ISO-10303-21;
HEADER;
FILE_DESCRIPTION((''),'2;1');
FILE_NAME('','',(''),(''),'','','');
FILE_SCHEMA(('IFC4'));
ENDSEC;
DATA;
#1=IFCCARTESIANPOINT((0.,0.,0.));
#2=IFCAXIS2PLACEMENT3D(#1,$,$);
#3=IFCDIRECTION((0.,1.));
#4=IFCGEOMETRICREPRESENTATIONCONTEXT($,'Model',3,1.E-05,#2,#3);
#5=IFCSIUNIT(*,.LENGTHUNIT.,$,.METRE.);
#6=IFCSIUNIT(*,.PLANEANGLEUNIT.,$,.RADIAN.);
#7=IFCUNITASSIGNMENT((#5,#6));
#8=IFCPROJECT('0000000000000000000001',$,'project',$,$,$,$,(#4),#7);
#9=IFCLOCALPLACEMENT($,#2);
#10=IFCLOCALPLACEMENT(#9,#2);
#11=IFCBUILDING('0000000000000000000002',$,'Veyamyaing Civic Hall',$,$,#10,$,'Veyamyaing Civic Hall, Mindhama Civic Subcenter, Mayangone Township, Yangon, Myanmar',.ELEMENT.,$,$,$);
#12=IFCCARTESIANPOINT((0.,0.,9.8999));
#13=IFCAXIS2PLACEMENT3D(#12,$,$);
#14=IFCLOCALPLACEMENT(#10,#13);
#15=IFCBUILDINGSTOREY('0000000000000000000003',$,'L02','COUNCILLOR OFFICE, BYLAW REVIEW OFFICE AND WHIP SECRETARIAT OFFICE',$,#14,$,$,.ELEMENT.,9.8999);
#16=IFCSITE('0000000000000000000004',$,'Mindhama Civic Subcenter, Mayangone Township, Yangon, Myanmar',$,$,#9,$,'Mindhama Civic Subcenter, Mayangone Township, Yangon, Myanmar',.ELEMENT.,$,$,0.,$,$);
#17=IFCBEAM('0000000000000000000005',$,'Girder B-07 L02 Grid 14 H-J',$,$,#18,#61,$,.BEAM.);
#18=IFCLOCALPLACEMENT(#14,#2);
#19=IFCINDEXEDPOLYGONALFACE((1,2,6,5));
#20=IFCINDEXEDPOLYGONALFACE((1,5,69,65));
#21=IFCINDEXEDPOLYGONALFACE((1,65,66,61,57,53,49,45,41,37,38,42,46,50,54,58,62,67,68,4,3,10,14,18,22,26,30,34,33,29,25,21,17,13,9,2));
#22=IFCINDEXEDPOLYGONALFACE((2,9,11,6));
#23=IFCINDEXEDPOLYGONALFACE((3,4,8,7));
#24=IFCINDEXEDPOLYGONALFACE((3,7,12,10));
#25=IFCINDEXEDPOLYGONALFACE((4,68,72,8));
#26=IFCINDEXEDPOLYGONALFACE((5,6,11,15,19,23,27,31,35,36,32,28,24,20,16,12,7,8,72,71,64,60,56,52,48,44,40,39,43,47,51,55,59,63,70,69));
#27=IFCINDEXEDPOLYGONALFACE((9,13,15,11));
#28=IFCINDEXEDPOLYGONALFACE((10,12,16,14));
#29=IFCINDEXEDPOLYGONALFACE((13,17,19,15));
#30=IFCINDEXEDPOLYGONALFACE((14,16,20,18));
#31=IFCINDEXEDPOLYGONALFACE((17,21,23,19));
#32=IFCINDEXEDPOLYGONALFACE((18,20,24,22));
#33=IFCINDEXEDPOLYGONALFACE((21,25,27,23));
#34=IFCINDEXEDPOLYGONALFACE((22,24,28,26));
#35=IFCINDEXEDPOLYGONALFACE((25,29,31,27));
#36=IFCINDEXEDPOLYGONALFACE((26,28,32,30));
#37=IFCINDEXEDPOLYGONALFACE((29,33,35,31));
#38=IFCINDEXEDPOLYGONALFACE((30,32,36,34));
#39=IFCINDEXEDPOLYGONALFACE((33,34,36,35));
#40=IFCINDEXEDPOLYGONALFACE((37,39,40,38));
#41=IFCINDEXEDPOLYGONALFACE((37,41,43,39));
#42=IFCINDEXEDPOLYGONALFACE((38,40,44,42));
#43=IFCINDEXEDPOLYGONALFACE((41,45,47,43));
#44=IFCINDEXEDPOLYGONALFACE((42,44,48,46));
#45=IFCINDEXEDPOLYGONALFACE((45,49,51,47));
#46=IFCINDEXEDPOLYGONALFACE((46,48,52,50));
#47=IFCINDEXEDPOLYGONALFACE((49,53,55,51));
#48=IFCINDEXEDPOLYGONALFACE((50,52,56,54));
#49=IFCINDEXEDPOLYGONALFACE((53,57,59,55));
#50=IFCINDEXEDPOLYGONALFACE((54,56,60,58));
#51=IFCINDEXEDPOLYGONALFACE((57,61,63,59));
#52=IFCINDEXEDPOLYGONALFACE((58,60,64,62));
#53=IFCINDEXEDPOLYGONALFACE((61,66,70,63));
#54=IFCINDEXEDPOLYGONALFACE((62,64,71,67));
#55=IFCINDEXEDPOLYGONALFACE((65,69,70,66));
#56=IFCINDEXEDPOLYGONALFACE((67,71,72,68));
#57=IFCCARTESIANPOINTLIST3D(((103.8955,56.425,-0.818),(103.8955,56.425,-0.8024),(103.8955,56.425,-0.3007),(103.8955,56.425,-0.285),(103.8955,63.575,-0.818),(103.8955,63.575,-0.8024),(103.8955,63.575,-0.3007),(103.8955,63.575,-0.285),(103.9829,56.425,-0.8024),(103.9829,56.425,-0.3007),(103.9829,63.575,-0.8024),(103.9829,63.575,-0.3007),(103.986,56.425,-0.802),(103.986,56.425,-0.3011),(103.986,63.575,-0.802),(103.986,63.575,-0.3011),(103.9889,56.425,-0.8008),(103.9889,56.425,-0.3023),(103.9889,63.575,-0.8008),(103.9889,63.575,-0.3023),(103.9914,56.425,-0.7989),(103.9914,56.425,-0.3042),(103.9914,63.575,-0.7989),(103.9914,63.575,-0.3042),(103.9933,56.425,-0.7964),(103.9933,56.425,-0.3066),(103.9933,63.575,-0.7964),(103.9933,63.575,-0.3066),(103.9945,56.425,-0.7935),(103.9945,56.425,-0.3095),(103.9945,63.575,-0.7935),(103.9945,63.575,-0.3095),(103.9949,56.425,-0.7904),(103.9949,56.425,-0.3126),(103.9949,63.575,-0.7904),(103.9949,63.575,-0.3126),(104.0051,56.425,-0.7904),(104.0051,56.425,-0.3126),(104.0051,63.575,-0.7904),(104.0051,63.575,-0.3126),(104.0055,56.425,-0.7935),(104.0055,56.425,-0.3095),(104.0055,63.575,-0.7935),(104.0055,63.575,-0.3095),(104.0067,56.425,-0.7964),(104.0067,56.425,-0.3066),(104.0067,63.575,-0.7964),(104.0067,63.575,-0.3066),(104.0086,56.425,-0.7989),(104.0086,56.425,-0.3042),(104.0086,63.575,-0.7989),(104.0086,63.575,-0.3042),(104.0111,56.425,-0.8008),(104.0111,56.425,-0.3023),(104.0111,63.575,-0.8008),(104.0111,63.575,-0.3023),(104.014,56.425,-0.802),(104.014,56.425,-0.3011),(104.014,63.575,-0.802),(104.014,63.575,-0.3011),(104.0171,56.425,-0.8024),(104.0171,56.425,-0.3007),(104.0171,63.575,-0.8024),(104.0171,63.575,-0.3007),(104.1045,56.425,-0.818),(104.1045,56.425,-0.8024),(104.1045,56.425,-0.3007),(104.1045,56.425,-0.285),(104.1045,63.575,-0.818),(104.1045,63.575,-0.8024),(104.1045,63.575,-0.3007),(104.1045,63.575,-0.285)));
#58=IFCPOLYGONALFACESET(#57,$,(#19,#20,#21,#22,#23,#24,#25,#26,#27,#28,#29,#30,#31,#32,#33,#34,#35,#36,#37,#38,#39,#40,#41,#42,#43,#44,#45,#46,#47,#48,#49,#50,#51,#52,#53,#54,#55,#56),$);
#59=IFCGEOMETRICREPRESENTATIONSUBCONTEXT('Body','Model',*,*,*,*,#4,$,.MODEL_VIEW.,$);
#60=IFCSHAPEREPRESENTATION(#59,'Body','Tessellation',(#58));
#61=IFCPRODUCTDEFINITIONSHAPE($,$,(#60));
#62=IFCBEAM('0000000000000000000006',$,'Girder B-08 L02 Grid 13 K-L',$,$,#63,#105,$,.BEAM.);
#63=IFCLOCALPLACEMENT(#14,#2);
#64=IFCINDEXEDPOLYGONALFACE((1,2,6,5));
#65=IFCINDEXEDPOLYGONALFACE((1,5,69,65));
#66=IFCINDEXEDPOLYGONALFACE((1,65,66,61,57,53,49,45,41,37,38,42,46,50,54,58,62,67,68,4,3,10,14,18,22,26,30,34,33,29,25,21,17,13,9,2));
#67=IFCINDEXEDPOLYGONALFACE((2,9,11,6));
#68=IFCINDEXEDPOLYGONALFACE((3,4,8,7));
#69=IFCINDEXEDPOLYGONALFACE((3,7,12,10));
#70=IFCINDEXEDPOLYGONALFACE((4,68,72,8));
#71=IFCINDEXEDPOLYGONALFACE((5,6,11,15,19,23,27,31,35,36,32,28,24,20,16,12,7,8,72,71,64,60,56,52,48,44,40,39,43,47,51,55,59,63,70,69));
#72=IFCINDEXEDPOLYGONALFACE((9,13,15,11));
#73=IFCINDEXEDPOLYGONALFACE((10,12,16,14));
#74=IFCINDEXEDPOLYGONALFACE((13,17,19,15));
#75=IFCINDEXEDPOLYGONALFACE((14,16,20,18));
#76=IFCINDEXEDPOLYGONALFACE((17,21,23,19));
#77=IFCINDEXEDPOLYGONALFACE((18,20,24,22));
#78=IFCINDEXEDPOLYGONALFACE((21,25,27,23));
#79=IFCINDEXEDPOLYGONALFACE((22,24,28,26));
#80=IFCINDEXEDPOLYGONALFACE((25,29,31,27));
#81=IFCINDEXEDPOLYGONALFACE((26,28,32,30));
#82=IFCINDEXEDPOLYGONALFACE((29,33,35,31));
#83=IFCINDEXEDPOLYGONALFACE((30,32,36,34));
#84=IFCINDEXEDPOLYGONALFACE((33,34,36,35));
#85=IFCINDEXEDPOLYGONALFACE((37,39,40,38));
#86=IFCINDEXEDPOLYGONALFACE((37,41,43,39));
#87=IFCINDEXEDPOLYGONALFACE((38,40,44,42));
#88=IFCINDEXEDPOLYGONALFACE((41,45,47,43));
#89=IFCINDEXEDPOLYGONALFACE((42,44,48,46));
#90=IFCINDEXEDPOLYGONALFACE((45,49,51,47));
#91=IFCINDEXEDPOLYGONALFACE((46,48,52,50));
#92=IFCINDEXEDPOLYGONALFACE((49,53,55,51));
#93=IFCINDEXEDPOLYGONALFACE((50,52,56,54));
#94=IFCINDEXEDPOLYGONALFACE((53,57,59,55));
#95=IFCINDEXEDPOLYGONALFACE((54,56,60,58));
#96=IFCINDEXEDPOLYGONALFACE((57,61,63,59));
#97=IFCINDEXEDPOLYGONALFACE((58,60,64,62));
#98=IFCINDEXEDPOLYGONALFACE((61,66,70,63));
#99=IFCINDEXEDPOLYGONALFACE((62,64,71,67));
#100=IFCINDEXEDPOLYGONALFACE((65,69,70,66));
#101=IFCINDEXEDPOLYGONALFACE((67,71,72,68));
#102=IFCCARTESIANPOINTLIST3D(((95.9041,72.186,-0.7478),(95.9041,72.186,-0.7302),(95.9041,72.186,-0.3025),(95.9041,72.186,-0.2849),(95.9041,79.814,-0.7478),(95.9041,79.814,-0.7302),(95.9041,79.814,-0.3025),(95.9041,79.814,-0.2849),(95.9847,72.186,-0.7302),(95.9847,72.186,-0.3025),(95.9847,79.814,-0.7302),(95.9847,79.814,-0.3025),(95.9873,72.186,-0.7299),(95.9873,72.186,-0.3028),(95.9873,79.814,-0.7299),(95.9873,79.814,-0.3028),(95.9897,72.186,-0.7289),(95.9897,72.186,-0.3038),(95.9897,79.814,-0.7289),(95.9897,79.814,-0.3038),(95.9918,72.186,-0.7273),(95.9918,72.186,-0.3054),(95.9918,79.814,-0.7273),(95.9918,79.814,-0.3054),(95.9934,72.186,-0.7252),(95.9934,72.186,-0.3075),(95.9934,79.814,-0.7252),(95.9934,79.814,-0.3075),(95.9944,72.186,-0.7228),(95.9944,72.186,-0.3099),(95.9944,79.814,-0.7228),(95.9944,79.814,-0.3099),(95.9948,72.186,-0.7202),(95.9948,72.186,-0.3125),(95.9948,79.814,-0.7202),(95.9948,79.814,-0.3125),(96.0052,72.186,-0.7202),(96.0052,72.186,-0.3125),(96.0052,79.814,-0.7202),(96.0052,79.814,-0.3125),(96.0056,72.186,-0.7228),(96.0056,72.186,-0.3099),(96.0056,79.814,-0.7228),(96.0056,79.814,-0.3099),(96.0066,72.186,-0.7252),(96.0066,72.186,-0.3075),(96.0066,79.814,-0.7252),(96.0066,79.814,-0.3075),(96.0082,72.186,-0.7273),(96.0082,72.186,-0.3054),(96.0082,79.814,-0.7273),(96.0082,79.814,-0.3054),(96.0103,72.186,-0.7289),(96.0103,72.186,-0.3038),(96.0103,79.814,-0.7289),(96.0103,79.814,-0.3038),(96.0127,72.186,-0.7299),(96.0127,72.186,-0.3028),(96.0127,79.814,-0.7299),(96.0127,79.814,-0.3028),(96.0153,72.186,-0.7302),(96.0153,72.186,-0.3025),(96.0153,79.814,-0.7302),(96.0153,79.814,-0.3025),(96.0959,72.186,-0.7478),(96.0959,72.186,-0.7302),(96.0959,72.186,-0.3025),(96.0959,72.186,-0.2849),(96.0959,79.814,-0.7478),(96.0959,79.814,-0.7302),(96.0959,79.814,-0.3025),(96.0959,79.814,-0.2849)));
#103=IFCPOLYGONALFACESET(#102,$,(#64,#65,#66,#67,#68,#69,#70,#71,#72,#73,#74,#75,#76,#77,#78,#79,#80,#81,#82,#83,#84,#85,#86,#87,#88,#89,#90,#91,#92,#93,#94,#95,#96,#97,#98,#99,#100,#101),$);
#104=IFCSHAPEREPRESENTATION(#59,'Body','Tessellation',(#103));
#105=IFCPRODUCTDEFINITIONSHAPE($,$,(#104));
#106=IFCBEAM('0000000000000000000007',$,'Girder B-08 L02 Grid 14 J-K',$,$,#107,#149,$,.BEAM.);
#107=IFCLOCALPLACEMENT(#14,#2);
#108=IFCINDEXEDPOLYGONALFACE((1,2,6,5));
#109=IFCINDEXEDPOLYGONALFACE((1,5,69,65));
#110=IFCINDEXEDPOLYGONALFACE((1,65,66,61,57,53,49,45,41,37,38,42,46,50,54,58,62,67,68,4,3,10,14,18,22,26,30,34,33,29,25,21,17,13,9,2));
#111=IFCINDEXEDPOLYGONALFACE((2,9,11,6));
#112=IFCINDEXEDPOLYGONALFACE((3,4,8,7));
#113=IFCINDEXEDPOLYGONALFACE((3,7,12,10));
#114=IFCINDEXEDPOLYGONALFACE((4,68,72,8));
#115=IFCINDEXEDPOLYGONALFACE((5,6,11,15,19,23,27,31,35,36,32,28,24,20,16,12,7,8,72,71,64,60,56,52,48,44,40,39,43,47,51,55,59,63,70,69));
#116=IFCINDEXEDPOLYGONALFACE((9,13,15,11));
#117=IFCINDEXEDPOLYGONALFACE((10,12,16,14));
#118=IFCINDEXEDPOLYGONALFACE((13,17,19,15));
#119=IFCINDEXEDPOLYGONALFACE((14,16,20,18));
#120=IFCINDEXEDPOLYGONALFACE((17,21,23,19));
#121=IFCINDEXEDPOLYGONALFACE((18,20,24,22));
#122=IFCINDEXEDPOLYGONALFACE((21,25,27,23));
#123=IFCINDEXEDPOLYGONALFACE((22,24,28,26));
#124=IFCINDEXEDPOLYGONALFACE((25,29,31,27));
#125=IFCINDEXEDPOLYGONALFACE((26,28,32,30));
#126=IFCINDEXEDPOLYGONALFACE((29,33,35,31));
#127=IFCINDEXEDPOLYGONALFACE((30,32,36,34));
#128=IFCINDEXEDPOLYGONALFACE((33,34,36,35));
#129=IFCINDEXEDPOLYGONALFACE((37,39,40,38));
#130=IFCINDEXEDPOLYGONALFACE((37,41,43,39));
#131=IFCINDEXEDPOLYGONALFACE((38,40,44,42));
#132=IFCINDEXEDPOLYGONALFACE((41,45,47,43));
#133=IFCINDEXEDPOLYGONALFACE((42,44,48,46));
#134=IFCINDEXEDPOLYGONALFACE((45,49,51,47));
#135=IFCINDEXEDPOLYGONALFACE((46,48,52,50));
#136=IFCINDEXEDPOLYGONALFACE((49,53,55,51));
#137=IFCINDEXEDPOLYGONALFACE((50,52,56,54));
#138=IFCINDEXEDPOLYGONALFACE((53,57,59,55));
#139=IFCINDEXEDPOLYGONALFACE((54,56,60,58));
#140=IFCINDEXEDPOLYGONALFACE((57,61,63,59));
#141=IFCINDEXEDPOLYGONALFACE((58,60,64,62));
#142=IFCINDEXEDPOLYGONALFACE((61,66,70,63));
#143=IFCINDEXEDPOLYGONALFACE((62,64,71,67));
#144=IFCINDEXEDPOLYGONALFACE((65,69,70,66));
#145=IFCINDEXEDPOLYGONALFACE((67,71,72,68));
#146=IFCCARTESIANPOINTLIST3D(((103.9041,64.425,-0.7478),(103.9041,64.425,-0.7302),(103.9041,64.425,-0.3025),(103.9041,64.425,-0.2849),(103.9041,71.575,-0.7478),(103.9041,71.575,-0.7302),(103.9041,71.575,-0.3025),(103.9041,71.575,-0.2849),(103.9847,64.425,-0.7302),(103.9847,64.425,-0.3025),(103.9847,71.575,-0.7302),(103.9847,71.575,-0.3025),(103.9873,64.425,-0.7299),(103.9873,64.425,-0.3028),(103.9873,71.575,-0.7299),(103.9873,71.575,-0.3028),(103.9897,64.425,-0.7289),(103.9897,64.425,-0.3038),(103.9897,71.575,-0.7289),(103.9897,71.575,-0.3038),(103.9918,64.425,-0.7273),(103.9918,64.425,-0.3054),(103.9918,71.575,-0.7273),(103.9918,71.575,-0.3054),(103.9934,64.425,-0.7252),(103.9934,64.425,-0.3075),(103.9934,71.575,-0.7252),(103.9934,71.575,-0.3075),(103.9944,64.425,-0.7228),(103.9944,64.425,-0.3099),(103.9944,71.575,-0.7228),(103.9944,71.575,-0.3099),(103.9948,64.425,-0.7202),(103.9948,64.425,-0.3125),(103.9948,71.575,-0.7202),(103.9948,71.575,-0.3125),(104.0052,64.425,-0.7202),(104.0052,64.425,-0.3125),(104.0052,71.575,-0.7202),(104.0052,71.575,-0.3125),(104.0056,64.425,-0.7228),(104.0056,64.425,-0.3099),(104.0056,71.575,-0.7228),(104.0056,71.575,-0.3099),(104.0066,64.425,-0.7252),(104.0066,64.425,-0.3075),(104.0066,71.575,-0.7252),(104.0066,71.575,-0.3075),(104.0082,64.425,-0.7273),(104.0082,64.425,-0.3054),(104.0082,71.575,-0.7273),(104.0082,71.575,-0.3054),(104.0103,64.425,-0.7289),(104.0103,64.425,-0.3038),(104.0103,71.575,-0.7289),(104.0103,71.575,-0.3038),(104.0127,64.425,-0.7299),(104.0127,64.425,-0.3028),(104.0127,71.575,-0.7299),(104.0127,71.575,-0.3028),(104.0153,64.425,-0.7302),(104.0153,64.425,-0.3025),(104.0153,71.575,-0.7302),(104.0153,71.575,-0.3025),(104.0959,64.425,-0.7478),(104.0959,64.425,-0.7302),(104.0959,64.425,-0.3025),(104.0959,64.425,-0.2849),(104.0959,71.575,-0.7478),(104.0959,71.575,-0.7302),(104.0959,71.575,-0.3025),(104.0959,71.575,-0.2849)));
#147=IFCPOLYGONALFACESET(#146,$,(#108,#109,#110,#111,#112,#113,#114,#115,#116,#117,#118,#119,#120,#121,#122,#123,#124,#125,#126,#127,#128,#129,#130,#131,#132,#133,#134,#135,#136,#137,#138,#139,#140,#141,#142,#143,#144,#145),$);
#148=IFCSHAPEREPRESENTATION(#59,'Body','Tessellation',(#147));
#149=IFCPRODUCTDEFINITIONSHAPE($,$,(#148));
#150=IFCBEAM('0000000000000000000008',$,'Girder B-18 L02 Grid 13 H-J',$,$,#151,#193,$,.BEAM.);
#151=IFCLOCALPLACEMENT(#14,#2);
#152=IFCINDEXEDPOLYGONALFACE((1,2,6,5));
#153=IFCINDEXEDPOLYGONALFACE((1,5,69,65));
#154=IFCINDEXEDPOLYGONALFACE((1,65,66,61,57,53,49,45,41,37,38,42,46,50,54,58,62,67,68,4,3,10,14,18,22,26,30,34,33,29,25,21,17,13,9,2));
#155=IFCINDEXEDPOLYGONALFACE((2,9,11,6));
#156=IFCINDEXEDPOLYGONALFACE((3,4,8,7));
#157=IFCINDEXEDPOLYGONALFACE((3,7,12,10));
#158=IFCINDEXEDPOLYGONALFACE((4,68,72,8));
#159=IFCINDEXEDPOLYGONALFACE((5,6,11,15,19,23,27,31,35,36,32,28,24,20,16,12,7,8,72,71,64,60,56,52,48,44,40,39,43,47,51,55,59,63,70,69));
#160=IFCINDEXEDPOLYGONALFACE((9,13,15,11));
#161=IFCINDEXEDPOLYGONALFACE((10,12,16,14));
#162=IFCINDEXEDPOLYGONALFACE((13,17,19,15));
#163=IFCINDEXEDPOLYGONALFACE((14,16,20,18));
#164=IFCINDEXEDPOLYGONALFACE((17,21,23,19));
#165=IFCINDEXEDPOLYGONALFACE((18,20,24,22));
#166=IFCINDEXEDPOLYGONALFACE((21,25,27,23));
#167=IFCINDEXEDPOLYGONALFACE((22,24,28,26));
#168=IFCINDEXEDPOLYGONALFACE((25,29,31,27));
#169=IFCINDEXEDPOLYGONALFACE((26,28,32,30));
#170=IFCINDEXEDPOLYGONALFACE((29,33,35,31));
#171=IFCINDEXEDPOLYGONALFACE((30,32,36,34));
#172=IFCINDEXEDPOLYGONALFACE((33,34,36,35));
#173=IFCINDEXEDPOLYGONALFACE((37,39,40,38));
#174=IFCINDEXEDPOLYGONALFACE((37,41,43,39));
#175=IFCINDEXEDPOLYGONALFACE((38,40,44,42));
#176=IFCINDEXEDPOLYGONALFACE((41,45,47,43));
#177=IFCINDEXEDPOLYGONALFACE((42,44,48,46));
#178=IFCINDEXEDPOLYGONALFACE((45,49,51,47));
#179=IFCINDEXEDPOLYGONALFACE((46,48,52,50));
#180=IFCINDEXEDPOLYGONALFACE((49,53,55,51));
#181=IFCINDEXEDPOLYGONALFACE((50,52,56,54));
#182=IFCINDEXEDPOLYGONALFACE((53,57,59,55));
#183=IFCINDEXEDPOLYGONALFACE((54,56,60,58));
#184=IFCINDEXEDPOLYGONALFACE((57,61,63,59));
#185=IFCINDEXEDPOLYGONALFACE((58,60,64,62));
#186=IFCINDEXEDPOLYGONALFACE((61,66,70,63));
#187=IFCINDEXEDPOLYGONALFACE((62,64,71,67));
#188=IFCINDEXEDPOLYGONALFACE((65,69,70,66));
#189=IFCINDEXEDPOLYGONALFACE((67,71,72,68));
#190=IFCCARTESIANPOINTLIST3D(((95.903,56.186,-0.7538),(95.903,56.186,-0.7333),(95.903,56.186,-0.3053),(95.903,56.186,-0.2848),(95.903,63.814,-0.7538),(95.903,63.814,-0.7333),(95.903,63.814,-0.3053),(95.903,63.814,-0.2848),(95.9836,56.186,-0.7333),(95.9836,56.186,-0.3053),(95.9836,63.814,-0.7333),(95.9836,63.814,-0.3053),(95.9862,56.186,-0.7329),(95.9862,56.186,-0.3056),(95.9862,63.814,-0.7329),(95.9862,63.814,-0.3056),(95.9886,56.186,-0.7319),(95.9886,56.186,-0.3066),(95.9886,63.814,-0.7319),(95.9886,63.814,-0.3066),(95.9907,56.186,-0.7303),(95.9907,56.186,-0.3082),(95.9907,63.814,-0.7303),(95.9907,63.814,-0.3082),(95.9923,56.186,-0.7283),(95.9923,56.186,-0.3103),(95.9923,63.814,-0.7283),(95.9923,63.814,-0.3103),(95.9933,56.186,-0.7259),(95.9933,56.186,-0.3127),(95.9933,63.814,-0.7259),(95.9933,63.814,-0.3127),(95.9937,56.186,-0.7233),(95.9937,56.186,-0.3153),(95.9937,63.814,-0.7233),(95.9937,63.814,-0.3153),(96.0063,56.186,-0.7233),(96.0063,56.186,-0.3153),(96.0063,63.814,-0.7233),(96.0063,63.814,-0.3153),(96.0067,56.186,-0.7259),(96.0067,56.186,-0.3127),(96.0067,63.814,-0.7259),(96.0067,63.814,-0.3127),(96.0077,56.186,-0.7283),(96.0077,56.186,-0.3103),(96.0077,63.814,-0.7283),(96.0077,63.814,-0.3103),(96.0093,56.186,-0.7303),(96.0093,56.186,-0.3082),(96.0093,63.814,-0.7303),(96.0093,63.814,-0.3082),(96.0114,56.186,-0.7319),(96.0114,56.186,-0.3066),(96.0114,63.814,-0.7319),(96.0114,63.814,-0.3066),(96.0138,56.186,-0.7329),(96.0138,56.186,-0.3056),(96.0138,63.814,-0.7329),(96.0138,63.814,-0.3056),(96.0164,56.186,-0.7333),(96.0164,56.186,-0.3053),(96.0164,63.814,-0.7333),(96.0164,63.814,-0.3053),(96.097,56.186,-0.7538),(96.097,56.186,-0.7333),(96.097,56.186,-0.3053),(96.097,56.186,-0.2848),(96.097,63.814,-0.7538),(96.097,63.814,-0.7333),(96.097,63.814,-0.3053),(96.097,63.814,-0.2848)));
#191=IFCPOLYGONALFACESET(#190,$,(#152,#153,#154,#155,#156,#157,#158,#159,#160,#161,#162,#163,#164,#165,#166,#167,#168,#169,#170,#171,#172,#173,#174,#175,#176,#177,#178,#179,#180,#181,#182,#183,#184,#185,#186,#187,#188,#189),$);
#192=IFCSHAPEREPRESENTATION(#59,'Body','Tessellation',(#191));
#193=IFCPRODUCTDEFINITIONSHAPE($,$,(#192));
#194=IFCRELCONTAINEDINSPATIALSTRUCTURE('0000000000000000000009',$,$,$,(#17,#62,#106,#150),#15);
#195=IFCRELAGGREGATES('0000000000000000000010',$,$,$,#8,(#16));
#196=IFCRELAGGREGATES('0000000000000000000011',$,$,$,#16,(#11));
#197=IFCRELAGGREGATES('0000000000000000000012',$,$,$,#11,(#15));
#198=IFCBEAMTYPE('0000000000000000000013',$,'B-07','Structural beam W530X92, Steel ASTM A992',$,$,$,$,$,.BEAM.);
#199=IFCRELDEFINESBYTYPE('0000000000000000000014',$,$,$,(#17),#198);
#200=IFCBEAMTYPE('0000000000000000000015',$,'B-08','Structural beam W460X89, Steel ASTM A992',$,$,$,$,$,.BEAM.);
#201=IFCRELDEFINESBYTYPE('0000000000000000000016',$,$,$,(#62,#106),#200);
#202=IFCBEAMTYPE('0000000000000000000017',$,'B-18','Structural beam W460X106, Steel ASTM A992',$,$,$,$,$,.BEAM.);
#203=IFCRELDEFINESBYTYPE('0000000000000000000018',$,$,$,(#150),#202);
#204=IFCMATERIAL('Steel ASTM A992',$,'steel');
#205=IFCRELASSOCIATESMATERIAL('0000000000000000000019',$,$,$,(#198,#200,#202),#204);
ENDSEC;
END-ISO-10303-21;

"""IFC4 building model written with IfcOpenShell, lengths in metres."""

from ifc_helpers import new_model, si_unit, direction, frame, origin, origin_2d, place, context, subcontext, project, spatial, i_section, extrude, material, material_profile, profile_set, type_object, element, save


model = new_model("IFC4")

# Units and contexts
model_context = context("Model", 3, precision=1e-05, world=origin(), true_north=direction((0.0, 1.0)))
body_context = subcontext(model_context, "Body", "Model", "MODEL_VIEW")
ifc_project = project(units=[si_unit("LENGTHUNIT", "METRE"), si_unit("PLANEANGLEUNIT", "RADIAN")], contexts=[model_context])

# Site, building, storey
site_placement = place(None, origin())
site = spatial("IfcSite", under=ifc_project, at=site_placement, Name="Mindhama Civic Subcenter, Mayangone Township, Yangon, Myanmar", LongName="Mindhama Civic Subcenter, Mayangone Township, Yangon, Myanmar", CompositionType="ELEMENT", RefElevation=0.0)
building_placement = place(site_placement, origin())
building = spatial("IfcBuilding", under=site, at=building_placement, Name="Veyamyaing Civic Hall", LongName="Veyamyaing Civic Hall, Mindhama Civic Subcenter, Mayangone Township, Yangon, Myanmar", CompositionType="ELEMENT")
storey_placement = place(building_placement, frame((0.0, 0.0, 9.8999)))
storey = spatial("IfcBuildingStorey", under=building, at=storey_placement, Name="L02", Description="COUNCILLOR OFFICE, BYLAW REVIEW OFFICE AND WHIP SECRETARIAT OFFICE", CompositionType="ELEMENT", Elevation=9.8999)

# Beams
ifc_material_1 = material(Name="Steel ASTM A992", Category="steel")
ifc_material_profile_1 = material_profile(ifc_material_1, i_section(OverallWidth=0.209, OverallDepth=0.533, WebThickness=0.0103, FlangeThickness=0.0156, FilletRadius=0.012, at=origin_2d()), Name="W530X92")
ifc_profile_set_1 = profile_set([ifc_material_profile_1], Name="Steel ASTM A992")
beam_type_1 = type_object("IfcBeamType", Name="B-07", Description="Structural beam W530X92, Steel ASTM A992", PredefinedType="BEAM", material=ifc_profile_set_1)
beam_1_placement = place(storey_placement, frame((104.0, 56.425, -0.5515), z_axis=(0.0, 1.0, 0.0), x_axis=(-1.0, 0.0, 0.0)))
element("IfcBeam", 1, at=beam_1_placement, inside=storey, type_object=beam_type_1, Name="Girder B-07 L02 Grid 14 H-J", PredefinedType="BEAM", context=body_context, shape_type="SweptSolid", body=[
    extrude(i_section(OverallWidth=0.209, OverallDepth=0.533, WebThickness=0.0103, FlangeThickness=0.0156, FilletRadius=0.012, at=origin_2d()), origin(), (0.0, 0.0, 1.0), 7.1499),
])
ifc_material_profile_2 = material_profile(ifc_material_1, i_section(OverallWidth=0.1919, OverallDepth=0.4629, WebThickness=0.0105, FlangeThickness=0.0176, FilletRadius=0.01, at=origin_2d()), Name="W460X89")
ifc_profile_set_2 = profile_set([ifc_material_profile_2], Name="Steel ASTM A992")
beam_type_2 = type_object("IfcBeamType", Name="B-08", Description="Structural beam W460X89, Steel ASTM A992", PredefinedType="BEAM", material=ifc_profile_set_2)
beam_2_placement = place(storey_placement, frame((96.0, 72.186, -0.5164), z_axis=(0.0, 1.0, 0.0), x_axis=(-1.0, 0.0, 0.0)))
element("IfcBeam", 2, at=beam_2_placement, inside=storey, type_object=beam_type_2, Name="Girder B-08 L02 Grid 13 K-L", PredefinedType="BEAM", context=body_context, shape_type="SweptSolid", body=[
    extrude(i_section(OverallWidth=0.1919, OverallDepth=0.4629, WebThickness=0.0105, FlangeThickness=0.0176, FilletRadius=0.01, at=origin_2d()), origin(), (0.0, 0.0, 1.0), 7.6279),
])
beam_3_placement = place(storey_placement, frame((104.0, 64.425, -0.5164), z_axis=(0.0, 1.0, 0.0), x_axis=(-1.0, 0.0, 0.0)))
element("IfcBeam", 3, at=beam_3_placement, inside=storey, type_object=beam_type_2, Name="Girder B-08 L02 Grid 14 J-K", PredefinedType="BEAM", context=body_context, shape_type="SweptSolid", body=[
    extrude(i_section(OverallWidth=0.1919, OverallDepth=0.4629, WebThickness=0.0105, FlangeThickness=0.0176, FilletRadius=0.01, at=origin_2d()), origin(), (0.0, 0.0, 1.0), 7.1499),
])
ifc_material_profile_3 = material_profile(ifc_material_1, i_section(OverallWidth=0.1941, OverallDepth=0.469, WebThickness=0.0127, FlangeThickness=0.0205, FilletRadius=0.01, at=origin_2d()), Name="W460X106")
ifc_profile_set_3 = profile_set([ifc_material_profile_3], Name="Steel ASTM A992")
beam_type_3 = type_object("IfcBeamType", Name="B-18", Description="Structural beam W460X106, Steel ASTM A992", PredefinedType="BEAM", material=ifc_profile_set_3)
beam_4_placement = place(storey_placement, frame((96.0, 56.186, -0.5193), z_axis=(0.0, 1.0, 0.0), x_axis=(-1.0, 0.0, 0.0)))
element("IfcBeam", 4, at=beam_4_placement, inside=storey, type_object=beam_type_3, Name="Girder B-18 L02 Grid 13 H-J", PredefinedType="BEAM", context=body_context, shape_type="SweptSolid", body=[
    extrude(i_section(OverallWidth=0.1941, OverallDepth=0.469, WebThickness=0.0127, FlangeThickness=0.0205, FilletRadius=0.01, at=origin_2d()), origin(), (0.0, 0.0, 1.0), 7.6279),
])

save(model, "model.ifc")
